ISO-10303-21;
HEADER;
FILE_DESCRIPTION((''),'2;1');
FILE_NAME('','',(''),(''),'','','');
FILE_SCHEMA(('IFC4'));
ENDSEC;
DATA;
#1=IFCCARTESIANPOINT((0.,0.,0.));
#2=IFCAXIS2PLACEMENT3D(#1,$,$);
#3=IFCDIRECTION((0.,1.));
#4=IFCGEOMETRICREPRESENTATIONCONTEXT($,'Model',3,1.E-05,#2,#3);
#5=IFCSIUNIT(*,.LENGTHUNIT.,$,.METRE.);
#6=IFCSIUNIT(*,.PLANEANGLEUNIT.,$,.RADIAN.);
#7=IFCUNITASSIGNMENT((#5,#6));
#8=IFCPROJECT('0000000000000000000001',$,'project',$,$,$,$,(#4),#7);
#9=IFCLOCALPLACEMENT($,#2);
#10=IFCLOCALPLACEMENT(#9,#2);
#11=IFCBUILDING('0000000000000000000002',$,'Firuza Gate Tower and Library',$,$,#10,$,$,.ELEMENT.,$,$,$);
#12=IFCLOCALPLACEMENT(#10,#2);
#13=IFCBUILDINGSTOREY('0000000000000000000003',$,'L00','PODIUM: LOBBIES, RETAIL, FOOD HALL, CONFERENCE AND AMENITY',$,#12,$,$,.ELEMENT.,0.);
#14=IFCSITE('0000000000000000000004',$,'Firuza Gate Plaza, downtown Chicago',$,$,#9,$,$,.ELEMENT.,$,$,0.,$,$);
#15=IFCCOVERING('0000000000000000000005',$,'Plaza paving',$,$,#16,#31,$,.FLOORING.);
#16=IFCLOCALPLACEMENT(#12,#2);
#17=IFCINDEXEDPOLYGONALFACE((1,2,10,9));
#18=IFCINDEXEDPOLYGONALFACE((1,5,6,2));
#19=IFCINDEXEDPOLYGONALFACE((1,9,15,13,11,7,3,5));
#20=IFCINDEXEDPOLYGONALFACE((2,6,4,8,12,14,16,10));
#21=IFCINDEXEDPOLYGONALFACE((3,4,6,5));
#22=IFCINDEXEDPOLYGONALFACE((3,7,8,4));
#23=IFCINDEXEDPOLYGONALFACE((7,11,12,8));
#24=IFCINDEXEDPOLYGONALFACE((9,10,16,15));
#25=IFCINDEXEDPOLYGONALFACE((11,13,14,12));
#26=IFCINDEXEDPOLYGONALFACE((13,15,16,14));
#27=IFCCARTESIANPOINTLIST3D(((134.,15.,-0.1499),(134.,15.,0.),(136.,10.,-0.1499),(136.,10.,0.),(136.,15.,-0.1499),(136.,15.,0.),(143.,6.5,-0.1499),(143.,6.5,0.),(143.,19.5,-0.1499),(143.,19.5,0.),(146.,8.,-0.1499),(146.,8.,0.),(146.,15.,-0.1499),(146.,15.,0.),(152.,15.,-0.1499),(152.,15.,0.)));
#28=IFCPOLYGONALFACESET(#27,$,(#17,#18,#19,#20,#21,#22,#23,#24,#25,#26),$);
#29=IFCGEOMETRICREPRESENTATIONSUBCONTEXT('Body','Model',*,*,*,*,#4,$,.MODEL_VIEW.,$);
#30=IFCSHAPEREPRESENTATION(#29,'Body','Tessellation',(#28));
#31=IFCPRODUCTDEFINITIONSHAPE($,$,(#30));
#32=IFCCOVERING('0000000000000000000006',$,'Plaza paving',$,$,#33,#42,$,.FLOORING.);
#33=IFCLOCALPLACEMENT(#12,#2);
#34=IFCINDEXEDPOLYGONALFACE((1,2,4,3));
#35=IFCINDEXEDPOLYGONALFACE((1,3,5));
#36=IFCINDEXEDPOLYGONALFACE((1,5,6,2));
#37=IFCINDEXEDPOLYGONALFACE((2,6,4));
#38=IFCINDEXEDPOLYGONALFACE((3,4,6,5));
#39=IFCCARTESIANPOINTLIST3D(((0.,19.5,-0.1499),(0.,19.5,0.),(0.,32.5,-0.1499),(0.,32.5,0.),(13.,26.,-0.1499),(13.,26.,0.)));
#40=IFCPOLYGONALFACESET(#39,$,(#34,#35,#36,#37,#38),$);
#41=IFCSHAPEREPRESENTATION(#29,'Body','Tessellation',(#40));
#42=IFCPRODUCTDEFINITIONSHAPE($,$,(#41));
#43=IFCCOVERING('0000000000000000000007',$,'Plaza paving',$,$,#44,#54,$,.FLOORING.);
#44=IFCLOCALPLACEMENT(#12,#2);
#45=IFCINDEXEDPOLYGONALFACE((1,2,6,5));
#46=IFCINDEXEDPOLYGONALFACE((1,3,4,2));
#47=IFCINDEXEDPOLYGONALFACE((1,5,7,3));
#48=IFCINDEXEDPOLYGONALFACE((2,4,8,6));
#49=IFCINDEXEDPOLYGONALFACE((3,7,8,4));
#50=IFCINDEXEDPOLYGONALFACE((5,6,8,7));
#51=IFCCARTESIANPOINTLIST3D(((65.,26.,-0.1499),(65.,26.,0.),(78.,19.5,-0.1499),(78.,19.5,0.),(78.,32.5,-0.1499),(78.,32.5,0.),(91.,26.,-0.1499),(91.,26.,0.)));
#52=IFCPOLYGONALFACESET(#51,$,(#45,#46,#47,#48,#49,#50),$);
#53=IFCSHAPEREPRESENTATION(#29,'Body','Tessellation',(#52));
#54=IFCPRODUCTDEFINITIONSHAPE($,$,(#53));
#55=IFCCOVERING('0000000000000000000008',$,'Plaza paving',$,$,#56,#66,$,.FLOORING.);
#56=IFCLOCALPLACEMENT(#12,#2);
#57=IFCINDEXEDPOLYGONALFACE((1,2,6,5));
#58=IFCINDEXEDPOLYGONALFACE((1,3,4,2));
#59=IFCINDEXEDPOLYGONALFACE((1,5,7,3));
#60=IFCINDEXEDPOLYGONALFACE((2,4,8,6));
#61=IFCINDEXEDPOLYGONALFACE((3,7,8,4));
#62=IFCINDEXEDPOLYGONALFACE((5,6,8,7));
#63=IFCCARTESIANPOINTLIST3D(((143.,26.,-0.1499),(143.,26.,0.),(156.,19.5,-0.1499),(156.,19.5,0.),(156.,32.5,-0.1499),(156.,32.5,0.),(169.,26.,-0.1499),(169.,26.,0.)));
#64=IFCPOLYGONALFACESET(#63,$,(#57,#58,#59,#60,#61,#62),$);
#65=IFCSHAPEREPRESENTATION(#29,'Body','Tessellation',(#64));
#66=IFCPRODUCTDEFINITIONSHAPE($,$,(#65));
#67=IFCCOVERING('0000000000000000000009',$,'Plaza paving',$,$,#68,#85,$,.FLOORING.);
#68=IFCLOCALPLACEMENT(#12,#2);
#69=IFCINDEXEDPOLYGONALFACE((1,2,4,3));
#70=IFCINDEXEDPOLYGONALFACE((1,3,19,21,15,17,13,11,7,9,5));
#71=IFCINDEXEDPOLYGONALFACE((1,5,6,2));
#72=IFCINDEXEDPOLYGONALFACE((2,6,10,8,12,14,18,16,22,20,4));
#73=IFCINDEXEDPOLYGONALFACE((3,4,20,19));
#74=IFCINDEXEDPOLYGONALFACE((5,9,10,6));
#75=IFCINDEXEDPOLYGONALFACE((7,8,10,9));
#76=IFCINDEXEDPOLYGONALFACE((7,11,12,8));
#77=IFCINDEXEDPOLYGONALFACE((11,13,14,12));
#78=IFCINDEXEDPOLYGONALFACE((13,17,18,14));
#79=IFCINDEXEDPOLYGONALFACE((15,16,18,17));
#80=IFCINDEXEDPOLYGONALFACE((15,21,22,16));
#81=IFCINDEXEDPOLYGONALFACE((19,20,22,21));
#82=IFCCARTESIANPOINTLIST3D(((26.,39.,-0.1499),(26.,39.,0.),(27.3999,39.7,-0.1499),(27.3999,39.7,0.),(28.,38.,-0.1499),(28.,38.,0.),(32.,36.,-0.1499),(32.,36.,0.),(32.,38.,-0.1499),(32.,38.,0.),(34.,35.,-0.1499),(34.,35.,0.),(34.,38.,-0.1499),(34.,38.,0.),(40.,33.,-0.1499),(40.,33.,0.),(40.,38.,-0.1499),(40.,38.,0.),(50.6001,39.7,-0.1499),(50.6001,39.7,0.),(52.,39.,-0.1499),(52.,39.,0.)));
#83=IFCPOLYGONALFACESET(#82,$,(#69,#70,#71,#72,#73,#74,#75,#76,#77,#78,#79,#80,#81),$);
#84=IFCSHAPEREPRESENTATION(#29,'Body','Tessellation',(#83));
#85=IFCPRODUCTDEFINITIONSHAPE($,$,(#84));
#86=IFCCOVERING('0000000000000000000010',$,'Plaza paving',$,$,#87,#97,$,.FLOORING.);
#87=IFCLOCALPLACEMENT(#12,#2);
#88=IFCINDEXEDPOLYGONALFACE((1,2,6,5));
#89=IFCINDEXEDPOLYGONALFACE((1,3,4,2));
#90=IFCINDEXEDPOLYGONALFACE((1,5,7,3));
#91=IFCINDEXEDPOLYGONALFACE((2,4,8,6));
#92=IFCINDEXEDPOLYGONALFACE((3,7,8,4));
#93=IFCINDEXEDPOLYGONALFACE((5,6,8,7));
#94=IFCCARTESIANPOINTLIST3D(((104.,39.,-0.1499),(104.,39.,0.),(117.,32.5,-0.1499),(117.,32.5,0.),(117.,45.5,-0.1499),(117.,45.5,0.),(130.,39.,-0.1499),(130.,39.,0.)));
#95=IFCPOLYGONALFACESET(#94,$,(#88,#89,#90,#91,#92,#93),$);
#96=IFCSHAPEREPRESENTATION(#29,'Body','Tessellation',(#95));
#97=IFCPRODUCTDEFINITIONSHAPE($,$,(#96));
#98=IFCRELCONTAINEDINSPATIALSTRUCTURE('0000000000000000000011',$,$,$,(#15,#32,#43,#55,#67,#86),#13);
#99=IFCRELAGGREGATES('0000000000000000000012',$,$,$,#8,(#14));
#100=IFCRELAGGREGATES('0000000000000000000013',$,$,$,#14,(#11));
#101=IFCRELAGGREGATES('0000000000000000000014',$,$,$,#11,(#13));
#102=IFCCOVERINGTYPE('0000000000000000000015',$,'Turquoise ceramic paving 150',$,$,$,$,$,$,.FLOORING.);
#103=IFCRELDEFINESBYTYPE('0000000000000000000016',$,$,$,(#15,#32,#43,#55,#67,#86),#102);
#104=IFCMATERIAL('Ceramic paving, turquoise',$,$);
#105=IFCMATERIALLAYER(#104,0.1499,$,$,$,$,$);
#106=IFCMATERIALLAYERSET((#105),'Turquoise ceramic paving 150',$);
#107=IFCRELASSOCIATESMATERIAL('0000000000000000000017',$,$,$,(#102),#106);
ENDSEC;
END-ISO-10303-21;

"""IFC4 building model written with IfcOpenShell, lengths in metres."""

from ifc_helpers import new_model, si_unit, direction, frame, origin, place, context, subcontext, project, spatial, polyline, outline, extrude, material, layer, layer_set, type_object, element, save


model = new_model("IFC4")

# Units and contexts
model_context = context("Model", 3, precision=1e-05, world=origin(), true_north=direction((0.0, 1.0)))
body_context = subcontext(model_context, "Body", "Model", "MODEL_VIEW")
ifc_project = project(units=[si_unit("LENGTHUNIT", "METRE"), si_unit("PLANEANGLEUNIT", "RADIAN")], contexts=[model_context])

# Site, building, storey
site_placement = place(None, origin())
site = spatial("IfcSite", under=ifc_project, at=site_placement, Name="Firuza Gate Plaza, downtown Chicago", CompositionType="ELEMENT", RefElevation=0.0)
building_placement = place(site_placement, origin())
building = spatial("IfcBuilding", under=site, at=building_placement, Name="Firuza Gate Tower and Library", CompositionType="ELEMENT")
storey_placement = place(building_placement, origin())
storey = spatial("IfcBuildingStorey", under=building, at=storey_placement, Name="L00", Description="PODIUM: LOBBIES, RETAIL, FOOD HALL, CONFERENCE AND AMENITY", CompositionType="ELEMENT", Elevation=0.0)

# Coverings
placement = place(storey_placement, frame((0.0, 0.0, -0.1499)))
ifc_material_1 = material(Name="Ceramic paving, turquoise")
ifc_layer_1 = layer(ifc_material_1, 0.1499)
ifc_layer_set_1 = layer_set([ifc_layer_1], Name="Turquoise ceramic paving 150")
covering_type_1 = type_object("IfcCoveringType", Name="Turquoise ceramic paving 150", PredefinedType="FLOORING", material=ifc_layer_set_1)
element("IfcCovering", 1, at=placement, inside=storey, type_object=covering_type_1, Name="Plaza paving", PredefinedType="FLOORING", context=body_context, shape_type="SweptSolid", body=[
    extrude(outline(polyline([(143.0, 6.5), (136.0, 10.0), (136.0, 15.0), (134.0, 15.0), (143.0, 19.5), (152.0, 15.0), (146.0, 15.0), (146.0, 8.0), (143.0, 6.5)])), origin(), (0.0, 0.0, 1.0), 0.1499),
])
element("IfcCovering", 2, at=placement, inside=storey, type_object=covering_type_1, Name="Plaza paving", PredefinedType="FLOORING", context=body_context, shape_type="SweptSolid", body=[
    extrude(outline(polyline([(13.0, 26.0), (0.0, 19.5), (0.0, 32.5), (13.0, 26.0)])), origin(), (0.0, 0.0, 1.0), 0.1499),
])
element("IfcCovering", 3, at=placement, inside=storey, type_object=covering_type_1, Name="Plaza paving", PredefinedType="FLOORING", context=body_context, shape_type="SweptSolid", body=[
    extrude(outline(polyline([(78.0, 32.5), (91.0, 26.0), (78.0, 19.5), (65.0, 26.0), (78.0, 32.5)])), origin(), (0.0, 0.0, 1.0), 0.1499),
])
element("IfcCovering", 4, at=placement, inside=storey, type_object=covering_type_1, Name="Plaza paving", PredefinedType="FLOORING", context=body_context, shape_type="SweptSolid", body=[
    extrude(outline(polyline([(156.0, 32.5), (169.0, 26.0), (156.0, 19.5), (143.0, 26.0), (156.0, 32.5)])), origin(), (0.0, 0.0, 1.0), 0.1499),
])
element("IfcCovering", 5, at=placement, inside=storey, type_object=covering_type_1, Name="Plaza paving", PredefinedType="FLOORING", context=body_context, shape_type="SweptSolid", body=[
    extrude(outline(polyline([(26.0, 39.0), (27.3999, 39.7), (50.6001, 39.7), (52.0, 39.0), (40.0, 33.0), (40.0, 38.0), (34.0, 38.0), (34.0, 35.0), (32.0, 36.0), (32.0, 38.0), (28.0, 38.0), (26.0, 39.0)])), origin(), (0.0, 0.0, 1.0), 0.1499),
])
element("IfcCovering", 6, at=placement, inside=storey, type_object=covering_type_1, Name="Plaza paving", PredefinedType="FLOORING", context=body_context, shape_type="SweptSolid", body=[
    extrude(outline(polyline([(117.0, 45.5), (130.0, 39.0), (117.0, 32.5), (104.0, 39.0), (117.0, 45.5)])), origin(), (0.0, 0.0, 1.0), 0.1499),
])

save(model, "model.ifc")
